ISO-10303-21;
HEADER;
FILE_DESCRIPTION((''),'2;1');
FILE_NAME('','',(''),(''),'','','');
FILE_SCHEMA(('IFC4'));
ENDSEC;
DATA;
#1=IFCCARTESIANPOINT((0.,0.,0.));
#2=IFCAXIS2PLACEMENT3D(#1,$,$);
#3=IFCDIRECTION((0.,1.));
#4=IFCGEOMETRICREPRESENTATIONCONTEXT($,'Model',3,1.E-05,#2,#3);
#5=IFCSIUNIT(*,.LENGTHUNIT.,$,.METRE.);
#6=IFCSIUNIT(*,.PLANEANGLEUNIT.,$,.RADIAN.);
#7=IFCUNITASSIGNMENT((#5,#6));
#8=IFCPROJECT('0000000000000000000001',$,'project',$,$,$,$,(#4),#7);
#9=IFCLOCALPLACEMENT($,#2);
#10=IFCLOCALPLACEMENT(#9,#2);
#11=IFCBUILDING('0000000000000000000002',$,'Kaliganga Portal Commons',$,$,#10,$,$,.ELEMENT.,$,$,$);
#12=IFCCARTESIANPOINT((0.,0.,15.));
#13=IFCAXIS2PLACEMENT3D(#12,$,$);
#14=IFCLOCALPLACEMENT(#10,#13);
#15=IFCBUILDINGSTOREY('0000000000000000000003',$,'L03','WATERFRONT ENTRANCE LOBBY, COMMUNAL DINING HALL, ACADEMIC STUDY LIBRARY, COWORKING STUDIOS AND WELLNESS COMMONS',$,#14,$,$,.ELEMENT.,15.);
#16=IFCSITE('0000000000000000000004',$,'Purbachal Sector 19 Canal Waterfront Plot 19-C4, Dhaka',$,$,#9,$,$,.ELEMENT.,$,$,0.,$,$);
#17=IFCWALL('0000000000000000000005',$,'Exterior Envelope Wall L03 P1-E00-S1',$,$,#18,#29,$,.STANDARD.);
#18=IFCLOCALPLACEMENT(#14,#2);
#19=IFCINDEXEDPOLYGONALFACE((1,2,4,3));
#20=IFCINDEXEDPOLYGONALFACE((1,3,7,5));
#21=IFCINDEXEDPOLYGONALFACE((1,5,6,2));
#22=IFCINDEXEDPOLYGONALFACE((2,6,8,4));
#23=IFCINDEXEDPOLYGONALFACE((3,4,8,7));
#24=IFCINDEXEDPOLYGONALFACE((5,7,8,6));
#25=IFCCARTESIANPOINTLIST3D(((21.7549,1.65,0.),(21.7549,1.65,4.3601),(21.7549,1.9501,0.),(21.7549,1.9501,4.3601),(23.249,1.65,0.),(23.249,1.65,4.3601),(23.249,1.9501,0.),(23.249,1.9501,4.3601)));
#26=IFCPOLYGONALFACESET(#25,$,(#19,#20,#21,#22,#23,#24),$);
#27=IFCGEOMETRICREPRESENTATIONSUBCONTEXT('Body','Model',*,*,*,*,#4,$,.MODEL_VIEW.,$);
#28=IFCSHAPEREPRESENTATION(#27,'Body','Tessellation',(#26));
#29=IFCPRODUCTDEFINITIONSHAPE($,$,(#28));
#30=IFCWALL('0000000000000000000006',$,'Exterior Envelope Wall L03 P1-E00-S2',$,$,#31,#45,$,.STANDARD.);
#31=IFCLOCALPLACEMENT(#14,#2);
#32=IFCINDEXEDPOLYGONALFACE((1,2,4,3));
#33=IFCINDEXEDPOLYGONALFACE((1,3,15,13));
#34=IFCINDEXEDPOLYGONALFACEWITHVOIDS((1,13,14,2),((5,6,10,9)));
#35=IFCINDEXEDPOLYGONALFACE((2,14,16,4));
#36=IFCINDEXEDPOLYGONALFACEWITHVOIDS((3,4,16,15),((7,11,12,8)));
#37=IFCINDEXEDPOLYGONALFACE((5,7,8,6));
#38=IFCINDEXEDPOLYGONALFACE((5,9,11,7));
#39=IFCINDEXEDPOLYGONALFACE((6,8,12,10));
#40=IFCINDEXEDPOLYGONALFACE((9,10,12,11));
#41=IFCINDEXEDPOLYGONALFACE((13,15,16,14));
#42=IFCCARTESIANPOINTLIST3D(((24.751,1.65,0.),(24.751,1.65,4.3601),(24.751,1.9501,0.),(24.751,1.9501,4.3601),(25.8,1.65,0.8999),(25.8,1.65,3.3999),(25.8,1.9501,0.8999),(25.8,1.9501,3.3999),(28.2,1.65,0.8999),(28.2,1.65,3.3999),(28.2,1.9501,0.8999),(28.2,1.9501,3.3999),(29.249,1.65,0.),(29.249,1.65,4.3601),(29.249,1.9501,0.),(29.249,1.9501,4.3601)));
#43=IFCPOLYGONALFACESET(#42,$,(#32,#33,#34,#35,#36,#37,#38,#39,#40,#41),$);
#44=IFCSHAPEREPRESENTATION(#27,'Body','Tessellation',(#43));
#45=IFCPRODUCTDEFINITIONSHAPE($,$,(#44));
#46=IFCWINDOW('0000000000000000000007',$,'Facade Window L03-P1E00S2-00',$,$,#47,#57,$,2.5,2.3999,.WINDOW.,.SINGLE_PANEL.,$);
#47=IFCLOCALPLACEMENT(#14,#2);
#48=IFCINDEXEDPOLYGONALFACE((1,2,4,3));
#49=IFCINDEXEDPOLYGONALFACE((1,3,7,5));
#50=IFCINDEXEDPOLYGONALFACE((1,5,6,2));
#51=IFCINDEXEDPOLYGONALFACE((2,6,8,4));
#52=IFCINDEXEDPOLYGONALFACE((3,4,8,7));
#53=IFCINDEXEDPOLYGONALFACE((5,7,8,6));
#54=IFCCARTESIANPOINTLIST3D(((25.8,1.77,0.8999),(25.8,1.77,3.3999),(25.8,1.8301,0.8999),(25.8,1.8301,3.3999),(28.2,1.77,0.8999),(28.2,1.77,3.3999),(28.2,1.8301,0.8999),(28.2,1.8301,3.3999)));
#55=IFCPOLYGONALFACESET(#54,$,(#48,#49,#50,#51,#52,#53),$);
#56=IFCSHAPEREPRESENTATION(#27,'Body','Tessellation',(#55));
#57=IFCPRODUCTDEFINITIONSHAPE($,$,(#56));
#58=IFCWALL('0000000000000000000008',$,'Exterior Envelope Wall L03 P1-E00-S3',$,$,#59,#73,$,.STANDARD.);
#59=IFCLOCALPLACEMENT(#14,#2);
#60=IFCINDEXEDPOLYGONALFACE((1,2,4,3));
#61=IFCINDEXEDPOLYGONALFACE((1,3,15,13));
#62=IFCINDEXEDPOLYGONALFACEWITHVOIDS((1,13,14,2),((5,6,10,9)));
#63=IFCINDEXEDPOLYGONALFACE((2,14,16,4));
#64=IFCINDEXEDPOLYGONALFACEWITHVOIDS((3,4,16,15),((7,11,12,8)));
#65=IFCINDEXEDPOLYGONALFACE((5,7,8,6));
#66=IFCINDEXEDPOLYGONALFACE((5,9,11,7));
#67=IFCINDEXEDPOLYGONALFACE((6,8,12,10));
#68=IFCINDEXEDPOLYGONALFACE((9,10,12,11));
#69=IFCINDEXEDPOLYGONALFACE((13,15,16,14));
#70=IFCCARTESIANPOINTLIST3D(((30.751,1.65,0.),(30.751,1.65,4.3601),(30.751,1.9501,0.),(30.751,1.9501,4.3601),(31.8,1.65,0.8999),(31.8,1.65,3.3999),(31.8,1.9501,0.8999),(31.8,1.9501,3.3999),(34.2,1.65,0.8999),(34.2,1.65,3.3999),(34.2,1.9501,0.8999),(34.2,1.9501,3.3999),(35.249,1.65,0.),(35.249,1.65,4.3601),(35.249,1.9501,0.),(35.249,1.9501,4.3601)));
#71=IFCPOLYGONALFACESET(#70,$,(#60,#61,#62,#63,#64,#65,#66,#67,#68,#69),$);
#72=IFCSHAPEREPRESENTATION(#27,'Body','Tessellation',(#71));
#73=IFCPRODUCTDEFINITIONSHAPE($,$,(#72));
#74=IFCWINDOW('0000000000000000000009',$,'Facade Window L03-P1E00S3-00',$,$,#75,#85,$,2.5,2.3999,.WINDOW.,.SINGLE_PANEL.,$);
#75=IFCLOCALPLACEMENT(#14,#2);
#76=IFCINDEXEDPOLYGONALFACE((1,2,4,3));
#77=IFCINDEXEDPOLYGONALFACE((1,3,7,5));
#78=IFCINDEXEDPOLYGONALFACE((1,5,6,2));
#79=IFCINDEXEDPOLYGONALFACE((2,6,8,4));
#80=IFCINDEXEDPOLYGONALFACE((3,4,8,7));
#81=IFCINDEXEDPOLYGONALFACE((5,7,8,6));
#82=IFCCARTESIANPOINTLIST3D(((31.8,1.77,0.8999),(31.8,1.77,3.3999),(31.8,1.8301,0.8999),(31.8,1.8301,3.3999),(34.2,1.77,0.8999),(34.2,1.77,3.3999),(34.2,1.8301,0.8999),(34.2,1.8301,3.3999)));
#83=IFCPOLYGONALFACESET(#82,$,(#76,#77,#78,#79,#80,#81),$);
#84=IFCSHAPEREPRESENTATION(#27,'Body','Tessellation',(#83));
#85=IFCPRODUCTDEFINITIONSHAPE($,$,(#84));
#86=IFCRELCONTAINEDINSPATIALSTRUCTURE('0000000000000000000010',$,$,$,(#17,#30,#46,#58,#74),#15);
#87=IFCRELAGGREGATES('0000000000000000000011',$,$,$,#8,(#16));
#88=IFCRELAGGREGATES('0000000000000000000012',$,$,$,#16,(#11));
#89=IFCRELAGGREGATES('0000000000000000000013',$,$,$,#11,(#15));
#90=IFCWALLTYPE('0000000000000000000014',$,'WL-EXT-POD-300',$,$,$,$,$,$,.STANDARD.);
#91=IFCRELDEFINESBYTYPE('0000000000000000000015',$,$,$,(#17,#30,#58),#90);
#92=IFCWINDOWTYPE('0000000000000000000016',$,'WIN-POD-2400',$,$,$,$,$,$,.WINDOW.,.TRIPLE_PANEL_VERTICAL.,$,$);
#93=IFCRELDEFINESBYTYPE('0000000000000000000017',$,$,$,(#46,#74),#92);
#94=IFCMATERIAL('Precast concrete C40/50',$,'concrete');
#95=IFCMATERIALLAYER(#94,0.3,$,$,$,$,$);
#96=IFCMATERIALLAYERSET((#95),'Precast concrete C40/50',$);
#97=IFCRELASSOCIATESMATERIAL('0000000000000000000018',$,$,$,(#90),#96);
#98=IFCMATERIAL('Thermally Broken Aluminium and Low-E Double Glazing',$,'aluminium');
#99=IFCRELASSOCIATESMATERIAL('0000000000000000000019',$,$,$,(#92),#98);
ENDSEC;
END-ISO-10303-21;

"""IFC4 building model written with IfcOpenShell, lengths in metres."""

from ifc_helpers import new_model, si_unit, direction, frame, frame_2d, origin, place, context, subcontext, project, spatial, rectangle, extrude, material, layer, layer_set, type_object, element, fill, save


model = new_model("IFC4")

# Units and contexts
model_context = context("Model", 3, precision=1e-05, world=origin(), true_north=direction((0.0, 1.0)))
body_context = subcontext(model_context, "Body", "Model", "MODEL_VIEW")
ifc_project = project(units=[si_unit("LENGTHUNIT", "METRE"), si_unit("PLANEANGLEUNIT", "RADIAN")], contexts=[model_context])

# Site, building, storey
site_placement = place(None, origin())
site = spatial("IfcSite", under=ifc_project, at=site_placement, Name="Purbachal Sector 19 Canal Waterfront Plot 19-C4, Dhaka", CompositionType="ELEMENT", RefElevation=0.0)
building_placement = place(site_placement, origin())
building = spatial("IfcBuilding", under=site, at=building_placement, Name="Kaliganga Portal Commons", CompositionType="ELEMENT")
storey_placement = place(building_placement, frame((0.0, 0.0, 15.0)))
storey = spatial("IfcBuildingStorey", under=building, at=storey_placement, Name="L03", Description="WATERFRONT ENTRANCE LOBBY, COMMUNAL DINING HALL, ACADEMIC STUDY LIBRARY, COWORKING STUDIOS AND WELLNESS COMMONS", CompositionType="ELEMENT", Elevation=15.0)

# Wall
ifc_material_1 = material(Name="Precast concrete C40/50", Category="concrete")
ifc_layer_1 = layer(ifc_material_1, 0.3)
ifc_layer_set_1 = layer_set([ifc_layer_1], Name="Precast concrete C40/50")
wall_type_1 = type_object("IfcWallType", Name="WL-EXT-POD-300", PredefinedType="STANDARD", material=ifc_layer_set_1)
wall_1_placement = place(storey_placement, frame((23.249, 1.8, 0.0), z_axis=(0.0, 0.0, 1.0), x_axis=(-1.0, 0.0, 0.0)))
element("IfcWall", 1, at=wall_1_placement, inside=storey, type_object=wall_type_1, Name="Exterior Envelope Wall L03 P1-E00-S1", PredefinedType="STANDARD", context=body_context, shape_type="SweptSolid", body=[
    extrude(rectangle(XDim=1.4941, YDim=0.3, at=frame_2d((0.7471, 0.0))), origin(), (0.0, 0.0, 1.0), 4.3601),
])

# Walls, openings, windows
wall_2_placement = place(storey_placement, frame((29.249, 1.8, 0.0), z_axis=(0.0, 0.0, 1.0), x_axis=(-1.0, 0.0, 0.0)))
wall_2 = element("IfcWall", 2, at=wall_2_placement, inside=storey, type_object=wall_type_1, Name="Exterior Envelope Wall L03 P1-E00-S2", PredefinedType="STANDARD", context=body_context, shape_type="SweptSolid", body=[
    extrude(rectangle(XDim=4.498, YDim=0.3, at=frame_2d((2.249, 0.0))), origin(), (0.0, 0.0, 1.0), 4.3601),
])
opening_1_placement = place(wall_2_placement, frame((1.0491, 0.0, 0.8999)))
opening_1 = element("IfcOpeningElement", 3, at=opening_1_placement, cuts=wall_2, PredefinedType="OPENING", context=body_context, shape_type="SweptSolid", body=[
    extrude(rectangle(XDim=2.3999, YDim=2.5, at=frame_2d((1.2, 1.25))), frame((0.0, 0.1602, 0.0), z_axis=(0.0, -1.0, 0.0), x_axis=(1.0, 0.0, 0.0)), (0.0, 0.0, 1.0), 0.3201),
])
ifc_material_2 = material(Name="Thermally Broken Aluminium and Low-E Double Glazing", Category="aluminium")
window_type = type_object("IfcWindowType", Name="WIN-POD-2400", PartitioningType="TRIPLE_PANEL_VERTICAL", PredefinedType="WINDOW", material=ifc_material_2)
window_1_placement = place(opening_1_placement, origin())
window_1 = element("IfcWindow", 4, at=window_1_placement, inside=storey, type_object=window_type, Name="Facade Window L03-P1E00S2-00", OverallHeight=2.5, OverallWidth=2.3999, PartitioningType="SINGLE_PANEL", PredefinedType="WINDOW", context=body_context, shape_type="SweptSolid", body=[
    extrude(rectangle(XDim=2.3999, YDim=2.5, at=frame_2d((1.2, 1.25))), frame((0.0, 0.03, 0.0), z_axis=(0.0, -1.0, 0.0), x_axis=(1.0, 0.0, 0.0)), (0.0, 0.0, 1.0), 0.0601),
])
fill(opening_1, window_1)
wall_3_placement = place(storey_placement, frame((35.249, 1.8, 0.0), z_axis=(0.0, 0.0, 1.0), x_axis=(-1.0, 0.0, 0.0)))
wall_3 = element("IfcWall", 5, at=wall_3_placement, inside=storey, type_object=wall_type_1, Name="Exterior Envelope Wall L03 P1-E00-S3", PredefinedType="STANDARD", context=body_context, shape_type="SweptSolid", body=[
    extrude(rectangle(XDim=4.498, YDim=0.3, at=frame_2d((2.249, 0.0))), origin(), (0.0, 0.0, 1.0), 4.3601),
])
opening_2_placement = place(wall_3_placement, frame((1.0491, 0.0, 0.8999)))
opening_2 = element("IfcOpeningElement", 6, at=opening_2_placement, cuts=wall_3, PredefinedType="OPENING", context=body_context, shape_type="SweptSolid", body=[
    extrude(rectangle(XDim=2.3999, YDim=2.5, at=frame_2d((1.2, 1.25))), frame((0.0, 0.1602, 0.0), z_axis=(0.0, -1.0, 0.0), x_axis=(1.0, 0.0, 0.0)), (0.0, 0.0, 1.0), 0.3201),
])
window_2_placement = place(opening_2_placement, origin())
window_2 = element("IfcWindow", 7, at=window_2_placement, inside=storey, type_object=window_type, Name="Facade Window L03-P1E00S3-00", OverallHeight=2.5, OverallWidth=2.3999, PartitioningType="SINGLE_PANEL", PredefinedType="WINDOW", context=body_context, shape_type="SweptSolid", body=[
    extrude(rectangle(XDim=2.3999, YDim=2.5, at=frame_2d((1.2, 1.25))), frame((0.0, 0.03, 0.0), z_axis=(0.0, -1.0, 0.0), x_axis=(1.0, 0.0, 0.0)), (0.0, 0.0, 1.0), 0.0601),
])
fill(opening_2, window_2)

save(model, "model.ifc")
